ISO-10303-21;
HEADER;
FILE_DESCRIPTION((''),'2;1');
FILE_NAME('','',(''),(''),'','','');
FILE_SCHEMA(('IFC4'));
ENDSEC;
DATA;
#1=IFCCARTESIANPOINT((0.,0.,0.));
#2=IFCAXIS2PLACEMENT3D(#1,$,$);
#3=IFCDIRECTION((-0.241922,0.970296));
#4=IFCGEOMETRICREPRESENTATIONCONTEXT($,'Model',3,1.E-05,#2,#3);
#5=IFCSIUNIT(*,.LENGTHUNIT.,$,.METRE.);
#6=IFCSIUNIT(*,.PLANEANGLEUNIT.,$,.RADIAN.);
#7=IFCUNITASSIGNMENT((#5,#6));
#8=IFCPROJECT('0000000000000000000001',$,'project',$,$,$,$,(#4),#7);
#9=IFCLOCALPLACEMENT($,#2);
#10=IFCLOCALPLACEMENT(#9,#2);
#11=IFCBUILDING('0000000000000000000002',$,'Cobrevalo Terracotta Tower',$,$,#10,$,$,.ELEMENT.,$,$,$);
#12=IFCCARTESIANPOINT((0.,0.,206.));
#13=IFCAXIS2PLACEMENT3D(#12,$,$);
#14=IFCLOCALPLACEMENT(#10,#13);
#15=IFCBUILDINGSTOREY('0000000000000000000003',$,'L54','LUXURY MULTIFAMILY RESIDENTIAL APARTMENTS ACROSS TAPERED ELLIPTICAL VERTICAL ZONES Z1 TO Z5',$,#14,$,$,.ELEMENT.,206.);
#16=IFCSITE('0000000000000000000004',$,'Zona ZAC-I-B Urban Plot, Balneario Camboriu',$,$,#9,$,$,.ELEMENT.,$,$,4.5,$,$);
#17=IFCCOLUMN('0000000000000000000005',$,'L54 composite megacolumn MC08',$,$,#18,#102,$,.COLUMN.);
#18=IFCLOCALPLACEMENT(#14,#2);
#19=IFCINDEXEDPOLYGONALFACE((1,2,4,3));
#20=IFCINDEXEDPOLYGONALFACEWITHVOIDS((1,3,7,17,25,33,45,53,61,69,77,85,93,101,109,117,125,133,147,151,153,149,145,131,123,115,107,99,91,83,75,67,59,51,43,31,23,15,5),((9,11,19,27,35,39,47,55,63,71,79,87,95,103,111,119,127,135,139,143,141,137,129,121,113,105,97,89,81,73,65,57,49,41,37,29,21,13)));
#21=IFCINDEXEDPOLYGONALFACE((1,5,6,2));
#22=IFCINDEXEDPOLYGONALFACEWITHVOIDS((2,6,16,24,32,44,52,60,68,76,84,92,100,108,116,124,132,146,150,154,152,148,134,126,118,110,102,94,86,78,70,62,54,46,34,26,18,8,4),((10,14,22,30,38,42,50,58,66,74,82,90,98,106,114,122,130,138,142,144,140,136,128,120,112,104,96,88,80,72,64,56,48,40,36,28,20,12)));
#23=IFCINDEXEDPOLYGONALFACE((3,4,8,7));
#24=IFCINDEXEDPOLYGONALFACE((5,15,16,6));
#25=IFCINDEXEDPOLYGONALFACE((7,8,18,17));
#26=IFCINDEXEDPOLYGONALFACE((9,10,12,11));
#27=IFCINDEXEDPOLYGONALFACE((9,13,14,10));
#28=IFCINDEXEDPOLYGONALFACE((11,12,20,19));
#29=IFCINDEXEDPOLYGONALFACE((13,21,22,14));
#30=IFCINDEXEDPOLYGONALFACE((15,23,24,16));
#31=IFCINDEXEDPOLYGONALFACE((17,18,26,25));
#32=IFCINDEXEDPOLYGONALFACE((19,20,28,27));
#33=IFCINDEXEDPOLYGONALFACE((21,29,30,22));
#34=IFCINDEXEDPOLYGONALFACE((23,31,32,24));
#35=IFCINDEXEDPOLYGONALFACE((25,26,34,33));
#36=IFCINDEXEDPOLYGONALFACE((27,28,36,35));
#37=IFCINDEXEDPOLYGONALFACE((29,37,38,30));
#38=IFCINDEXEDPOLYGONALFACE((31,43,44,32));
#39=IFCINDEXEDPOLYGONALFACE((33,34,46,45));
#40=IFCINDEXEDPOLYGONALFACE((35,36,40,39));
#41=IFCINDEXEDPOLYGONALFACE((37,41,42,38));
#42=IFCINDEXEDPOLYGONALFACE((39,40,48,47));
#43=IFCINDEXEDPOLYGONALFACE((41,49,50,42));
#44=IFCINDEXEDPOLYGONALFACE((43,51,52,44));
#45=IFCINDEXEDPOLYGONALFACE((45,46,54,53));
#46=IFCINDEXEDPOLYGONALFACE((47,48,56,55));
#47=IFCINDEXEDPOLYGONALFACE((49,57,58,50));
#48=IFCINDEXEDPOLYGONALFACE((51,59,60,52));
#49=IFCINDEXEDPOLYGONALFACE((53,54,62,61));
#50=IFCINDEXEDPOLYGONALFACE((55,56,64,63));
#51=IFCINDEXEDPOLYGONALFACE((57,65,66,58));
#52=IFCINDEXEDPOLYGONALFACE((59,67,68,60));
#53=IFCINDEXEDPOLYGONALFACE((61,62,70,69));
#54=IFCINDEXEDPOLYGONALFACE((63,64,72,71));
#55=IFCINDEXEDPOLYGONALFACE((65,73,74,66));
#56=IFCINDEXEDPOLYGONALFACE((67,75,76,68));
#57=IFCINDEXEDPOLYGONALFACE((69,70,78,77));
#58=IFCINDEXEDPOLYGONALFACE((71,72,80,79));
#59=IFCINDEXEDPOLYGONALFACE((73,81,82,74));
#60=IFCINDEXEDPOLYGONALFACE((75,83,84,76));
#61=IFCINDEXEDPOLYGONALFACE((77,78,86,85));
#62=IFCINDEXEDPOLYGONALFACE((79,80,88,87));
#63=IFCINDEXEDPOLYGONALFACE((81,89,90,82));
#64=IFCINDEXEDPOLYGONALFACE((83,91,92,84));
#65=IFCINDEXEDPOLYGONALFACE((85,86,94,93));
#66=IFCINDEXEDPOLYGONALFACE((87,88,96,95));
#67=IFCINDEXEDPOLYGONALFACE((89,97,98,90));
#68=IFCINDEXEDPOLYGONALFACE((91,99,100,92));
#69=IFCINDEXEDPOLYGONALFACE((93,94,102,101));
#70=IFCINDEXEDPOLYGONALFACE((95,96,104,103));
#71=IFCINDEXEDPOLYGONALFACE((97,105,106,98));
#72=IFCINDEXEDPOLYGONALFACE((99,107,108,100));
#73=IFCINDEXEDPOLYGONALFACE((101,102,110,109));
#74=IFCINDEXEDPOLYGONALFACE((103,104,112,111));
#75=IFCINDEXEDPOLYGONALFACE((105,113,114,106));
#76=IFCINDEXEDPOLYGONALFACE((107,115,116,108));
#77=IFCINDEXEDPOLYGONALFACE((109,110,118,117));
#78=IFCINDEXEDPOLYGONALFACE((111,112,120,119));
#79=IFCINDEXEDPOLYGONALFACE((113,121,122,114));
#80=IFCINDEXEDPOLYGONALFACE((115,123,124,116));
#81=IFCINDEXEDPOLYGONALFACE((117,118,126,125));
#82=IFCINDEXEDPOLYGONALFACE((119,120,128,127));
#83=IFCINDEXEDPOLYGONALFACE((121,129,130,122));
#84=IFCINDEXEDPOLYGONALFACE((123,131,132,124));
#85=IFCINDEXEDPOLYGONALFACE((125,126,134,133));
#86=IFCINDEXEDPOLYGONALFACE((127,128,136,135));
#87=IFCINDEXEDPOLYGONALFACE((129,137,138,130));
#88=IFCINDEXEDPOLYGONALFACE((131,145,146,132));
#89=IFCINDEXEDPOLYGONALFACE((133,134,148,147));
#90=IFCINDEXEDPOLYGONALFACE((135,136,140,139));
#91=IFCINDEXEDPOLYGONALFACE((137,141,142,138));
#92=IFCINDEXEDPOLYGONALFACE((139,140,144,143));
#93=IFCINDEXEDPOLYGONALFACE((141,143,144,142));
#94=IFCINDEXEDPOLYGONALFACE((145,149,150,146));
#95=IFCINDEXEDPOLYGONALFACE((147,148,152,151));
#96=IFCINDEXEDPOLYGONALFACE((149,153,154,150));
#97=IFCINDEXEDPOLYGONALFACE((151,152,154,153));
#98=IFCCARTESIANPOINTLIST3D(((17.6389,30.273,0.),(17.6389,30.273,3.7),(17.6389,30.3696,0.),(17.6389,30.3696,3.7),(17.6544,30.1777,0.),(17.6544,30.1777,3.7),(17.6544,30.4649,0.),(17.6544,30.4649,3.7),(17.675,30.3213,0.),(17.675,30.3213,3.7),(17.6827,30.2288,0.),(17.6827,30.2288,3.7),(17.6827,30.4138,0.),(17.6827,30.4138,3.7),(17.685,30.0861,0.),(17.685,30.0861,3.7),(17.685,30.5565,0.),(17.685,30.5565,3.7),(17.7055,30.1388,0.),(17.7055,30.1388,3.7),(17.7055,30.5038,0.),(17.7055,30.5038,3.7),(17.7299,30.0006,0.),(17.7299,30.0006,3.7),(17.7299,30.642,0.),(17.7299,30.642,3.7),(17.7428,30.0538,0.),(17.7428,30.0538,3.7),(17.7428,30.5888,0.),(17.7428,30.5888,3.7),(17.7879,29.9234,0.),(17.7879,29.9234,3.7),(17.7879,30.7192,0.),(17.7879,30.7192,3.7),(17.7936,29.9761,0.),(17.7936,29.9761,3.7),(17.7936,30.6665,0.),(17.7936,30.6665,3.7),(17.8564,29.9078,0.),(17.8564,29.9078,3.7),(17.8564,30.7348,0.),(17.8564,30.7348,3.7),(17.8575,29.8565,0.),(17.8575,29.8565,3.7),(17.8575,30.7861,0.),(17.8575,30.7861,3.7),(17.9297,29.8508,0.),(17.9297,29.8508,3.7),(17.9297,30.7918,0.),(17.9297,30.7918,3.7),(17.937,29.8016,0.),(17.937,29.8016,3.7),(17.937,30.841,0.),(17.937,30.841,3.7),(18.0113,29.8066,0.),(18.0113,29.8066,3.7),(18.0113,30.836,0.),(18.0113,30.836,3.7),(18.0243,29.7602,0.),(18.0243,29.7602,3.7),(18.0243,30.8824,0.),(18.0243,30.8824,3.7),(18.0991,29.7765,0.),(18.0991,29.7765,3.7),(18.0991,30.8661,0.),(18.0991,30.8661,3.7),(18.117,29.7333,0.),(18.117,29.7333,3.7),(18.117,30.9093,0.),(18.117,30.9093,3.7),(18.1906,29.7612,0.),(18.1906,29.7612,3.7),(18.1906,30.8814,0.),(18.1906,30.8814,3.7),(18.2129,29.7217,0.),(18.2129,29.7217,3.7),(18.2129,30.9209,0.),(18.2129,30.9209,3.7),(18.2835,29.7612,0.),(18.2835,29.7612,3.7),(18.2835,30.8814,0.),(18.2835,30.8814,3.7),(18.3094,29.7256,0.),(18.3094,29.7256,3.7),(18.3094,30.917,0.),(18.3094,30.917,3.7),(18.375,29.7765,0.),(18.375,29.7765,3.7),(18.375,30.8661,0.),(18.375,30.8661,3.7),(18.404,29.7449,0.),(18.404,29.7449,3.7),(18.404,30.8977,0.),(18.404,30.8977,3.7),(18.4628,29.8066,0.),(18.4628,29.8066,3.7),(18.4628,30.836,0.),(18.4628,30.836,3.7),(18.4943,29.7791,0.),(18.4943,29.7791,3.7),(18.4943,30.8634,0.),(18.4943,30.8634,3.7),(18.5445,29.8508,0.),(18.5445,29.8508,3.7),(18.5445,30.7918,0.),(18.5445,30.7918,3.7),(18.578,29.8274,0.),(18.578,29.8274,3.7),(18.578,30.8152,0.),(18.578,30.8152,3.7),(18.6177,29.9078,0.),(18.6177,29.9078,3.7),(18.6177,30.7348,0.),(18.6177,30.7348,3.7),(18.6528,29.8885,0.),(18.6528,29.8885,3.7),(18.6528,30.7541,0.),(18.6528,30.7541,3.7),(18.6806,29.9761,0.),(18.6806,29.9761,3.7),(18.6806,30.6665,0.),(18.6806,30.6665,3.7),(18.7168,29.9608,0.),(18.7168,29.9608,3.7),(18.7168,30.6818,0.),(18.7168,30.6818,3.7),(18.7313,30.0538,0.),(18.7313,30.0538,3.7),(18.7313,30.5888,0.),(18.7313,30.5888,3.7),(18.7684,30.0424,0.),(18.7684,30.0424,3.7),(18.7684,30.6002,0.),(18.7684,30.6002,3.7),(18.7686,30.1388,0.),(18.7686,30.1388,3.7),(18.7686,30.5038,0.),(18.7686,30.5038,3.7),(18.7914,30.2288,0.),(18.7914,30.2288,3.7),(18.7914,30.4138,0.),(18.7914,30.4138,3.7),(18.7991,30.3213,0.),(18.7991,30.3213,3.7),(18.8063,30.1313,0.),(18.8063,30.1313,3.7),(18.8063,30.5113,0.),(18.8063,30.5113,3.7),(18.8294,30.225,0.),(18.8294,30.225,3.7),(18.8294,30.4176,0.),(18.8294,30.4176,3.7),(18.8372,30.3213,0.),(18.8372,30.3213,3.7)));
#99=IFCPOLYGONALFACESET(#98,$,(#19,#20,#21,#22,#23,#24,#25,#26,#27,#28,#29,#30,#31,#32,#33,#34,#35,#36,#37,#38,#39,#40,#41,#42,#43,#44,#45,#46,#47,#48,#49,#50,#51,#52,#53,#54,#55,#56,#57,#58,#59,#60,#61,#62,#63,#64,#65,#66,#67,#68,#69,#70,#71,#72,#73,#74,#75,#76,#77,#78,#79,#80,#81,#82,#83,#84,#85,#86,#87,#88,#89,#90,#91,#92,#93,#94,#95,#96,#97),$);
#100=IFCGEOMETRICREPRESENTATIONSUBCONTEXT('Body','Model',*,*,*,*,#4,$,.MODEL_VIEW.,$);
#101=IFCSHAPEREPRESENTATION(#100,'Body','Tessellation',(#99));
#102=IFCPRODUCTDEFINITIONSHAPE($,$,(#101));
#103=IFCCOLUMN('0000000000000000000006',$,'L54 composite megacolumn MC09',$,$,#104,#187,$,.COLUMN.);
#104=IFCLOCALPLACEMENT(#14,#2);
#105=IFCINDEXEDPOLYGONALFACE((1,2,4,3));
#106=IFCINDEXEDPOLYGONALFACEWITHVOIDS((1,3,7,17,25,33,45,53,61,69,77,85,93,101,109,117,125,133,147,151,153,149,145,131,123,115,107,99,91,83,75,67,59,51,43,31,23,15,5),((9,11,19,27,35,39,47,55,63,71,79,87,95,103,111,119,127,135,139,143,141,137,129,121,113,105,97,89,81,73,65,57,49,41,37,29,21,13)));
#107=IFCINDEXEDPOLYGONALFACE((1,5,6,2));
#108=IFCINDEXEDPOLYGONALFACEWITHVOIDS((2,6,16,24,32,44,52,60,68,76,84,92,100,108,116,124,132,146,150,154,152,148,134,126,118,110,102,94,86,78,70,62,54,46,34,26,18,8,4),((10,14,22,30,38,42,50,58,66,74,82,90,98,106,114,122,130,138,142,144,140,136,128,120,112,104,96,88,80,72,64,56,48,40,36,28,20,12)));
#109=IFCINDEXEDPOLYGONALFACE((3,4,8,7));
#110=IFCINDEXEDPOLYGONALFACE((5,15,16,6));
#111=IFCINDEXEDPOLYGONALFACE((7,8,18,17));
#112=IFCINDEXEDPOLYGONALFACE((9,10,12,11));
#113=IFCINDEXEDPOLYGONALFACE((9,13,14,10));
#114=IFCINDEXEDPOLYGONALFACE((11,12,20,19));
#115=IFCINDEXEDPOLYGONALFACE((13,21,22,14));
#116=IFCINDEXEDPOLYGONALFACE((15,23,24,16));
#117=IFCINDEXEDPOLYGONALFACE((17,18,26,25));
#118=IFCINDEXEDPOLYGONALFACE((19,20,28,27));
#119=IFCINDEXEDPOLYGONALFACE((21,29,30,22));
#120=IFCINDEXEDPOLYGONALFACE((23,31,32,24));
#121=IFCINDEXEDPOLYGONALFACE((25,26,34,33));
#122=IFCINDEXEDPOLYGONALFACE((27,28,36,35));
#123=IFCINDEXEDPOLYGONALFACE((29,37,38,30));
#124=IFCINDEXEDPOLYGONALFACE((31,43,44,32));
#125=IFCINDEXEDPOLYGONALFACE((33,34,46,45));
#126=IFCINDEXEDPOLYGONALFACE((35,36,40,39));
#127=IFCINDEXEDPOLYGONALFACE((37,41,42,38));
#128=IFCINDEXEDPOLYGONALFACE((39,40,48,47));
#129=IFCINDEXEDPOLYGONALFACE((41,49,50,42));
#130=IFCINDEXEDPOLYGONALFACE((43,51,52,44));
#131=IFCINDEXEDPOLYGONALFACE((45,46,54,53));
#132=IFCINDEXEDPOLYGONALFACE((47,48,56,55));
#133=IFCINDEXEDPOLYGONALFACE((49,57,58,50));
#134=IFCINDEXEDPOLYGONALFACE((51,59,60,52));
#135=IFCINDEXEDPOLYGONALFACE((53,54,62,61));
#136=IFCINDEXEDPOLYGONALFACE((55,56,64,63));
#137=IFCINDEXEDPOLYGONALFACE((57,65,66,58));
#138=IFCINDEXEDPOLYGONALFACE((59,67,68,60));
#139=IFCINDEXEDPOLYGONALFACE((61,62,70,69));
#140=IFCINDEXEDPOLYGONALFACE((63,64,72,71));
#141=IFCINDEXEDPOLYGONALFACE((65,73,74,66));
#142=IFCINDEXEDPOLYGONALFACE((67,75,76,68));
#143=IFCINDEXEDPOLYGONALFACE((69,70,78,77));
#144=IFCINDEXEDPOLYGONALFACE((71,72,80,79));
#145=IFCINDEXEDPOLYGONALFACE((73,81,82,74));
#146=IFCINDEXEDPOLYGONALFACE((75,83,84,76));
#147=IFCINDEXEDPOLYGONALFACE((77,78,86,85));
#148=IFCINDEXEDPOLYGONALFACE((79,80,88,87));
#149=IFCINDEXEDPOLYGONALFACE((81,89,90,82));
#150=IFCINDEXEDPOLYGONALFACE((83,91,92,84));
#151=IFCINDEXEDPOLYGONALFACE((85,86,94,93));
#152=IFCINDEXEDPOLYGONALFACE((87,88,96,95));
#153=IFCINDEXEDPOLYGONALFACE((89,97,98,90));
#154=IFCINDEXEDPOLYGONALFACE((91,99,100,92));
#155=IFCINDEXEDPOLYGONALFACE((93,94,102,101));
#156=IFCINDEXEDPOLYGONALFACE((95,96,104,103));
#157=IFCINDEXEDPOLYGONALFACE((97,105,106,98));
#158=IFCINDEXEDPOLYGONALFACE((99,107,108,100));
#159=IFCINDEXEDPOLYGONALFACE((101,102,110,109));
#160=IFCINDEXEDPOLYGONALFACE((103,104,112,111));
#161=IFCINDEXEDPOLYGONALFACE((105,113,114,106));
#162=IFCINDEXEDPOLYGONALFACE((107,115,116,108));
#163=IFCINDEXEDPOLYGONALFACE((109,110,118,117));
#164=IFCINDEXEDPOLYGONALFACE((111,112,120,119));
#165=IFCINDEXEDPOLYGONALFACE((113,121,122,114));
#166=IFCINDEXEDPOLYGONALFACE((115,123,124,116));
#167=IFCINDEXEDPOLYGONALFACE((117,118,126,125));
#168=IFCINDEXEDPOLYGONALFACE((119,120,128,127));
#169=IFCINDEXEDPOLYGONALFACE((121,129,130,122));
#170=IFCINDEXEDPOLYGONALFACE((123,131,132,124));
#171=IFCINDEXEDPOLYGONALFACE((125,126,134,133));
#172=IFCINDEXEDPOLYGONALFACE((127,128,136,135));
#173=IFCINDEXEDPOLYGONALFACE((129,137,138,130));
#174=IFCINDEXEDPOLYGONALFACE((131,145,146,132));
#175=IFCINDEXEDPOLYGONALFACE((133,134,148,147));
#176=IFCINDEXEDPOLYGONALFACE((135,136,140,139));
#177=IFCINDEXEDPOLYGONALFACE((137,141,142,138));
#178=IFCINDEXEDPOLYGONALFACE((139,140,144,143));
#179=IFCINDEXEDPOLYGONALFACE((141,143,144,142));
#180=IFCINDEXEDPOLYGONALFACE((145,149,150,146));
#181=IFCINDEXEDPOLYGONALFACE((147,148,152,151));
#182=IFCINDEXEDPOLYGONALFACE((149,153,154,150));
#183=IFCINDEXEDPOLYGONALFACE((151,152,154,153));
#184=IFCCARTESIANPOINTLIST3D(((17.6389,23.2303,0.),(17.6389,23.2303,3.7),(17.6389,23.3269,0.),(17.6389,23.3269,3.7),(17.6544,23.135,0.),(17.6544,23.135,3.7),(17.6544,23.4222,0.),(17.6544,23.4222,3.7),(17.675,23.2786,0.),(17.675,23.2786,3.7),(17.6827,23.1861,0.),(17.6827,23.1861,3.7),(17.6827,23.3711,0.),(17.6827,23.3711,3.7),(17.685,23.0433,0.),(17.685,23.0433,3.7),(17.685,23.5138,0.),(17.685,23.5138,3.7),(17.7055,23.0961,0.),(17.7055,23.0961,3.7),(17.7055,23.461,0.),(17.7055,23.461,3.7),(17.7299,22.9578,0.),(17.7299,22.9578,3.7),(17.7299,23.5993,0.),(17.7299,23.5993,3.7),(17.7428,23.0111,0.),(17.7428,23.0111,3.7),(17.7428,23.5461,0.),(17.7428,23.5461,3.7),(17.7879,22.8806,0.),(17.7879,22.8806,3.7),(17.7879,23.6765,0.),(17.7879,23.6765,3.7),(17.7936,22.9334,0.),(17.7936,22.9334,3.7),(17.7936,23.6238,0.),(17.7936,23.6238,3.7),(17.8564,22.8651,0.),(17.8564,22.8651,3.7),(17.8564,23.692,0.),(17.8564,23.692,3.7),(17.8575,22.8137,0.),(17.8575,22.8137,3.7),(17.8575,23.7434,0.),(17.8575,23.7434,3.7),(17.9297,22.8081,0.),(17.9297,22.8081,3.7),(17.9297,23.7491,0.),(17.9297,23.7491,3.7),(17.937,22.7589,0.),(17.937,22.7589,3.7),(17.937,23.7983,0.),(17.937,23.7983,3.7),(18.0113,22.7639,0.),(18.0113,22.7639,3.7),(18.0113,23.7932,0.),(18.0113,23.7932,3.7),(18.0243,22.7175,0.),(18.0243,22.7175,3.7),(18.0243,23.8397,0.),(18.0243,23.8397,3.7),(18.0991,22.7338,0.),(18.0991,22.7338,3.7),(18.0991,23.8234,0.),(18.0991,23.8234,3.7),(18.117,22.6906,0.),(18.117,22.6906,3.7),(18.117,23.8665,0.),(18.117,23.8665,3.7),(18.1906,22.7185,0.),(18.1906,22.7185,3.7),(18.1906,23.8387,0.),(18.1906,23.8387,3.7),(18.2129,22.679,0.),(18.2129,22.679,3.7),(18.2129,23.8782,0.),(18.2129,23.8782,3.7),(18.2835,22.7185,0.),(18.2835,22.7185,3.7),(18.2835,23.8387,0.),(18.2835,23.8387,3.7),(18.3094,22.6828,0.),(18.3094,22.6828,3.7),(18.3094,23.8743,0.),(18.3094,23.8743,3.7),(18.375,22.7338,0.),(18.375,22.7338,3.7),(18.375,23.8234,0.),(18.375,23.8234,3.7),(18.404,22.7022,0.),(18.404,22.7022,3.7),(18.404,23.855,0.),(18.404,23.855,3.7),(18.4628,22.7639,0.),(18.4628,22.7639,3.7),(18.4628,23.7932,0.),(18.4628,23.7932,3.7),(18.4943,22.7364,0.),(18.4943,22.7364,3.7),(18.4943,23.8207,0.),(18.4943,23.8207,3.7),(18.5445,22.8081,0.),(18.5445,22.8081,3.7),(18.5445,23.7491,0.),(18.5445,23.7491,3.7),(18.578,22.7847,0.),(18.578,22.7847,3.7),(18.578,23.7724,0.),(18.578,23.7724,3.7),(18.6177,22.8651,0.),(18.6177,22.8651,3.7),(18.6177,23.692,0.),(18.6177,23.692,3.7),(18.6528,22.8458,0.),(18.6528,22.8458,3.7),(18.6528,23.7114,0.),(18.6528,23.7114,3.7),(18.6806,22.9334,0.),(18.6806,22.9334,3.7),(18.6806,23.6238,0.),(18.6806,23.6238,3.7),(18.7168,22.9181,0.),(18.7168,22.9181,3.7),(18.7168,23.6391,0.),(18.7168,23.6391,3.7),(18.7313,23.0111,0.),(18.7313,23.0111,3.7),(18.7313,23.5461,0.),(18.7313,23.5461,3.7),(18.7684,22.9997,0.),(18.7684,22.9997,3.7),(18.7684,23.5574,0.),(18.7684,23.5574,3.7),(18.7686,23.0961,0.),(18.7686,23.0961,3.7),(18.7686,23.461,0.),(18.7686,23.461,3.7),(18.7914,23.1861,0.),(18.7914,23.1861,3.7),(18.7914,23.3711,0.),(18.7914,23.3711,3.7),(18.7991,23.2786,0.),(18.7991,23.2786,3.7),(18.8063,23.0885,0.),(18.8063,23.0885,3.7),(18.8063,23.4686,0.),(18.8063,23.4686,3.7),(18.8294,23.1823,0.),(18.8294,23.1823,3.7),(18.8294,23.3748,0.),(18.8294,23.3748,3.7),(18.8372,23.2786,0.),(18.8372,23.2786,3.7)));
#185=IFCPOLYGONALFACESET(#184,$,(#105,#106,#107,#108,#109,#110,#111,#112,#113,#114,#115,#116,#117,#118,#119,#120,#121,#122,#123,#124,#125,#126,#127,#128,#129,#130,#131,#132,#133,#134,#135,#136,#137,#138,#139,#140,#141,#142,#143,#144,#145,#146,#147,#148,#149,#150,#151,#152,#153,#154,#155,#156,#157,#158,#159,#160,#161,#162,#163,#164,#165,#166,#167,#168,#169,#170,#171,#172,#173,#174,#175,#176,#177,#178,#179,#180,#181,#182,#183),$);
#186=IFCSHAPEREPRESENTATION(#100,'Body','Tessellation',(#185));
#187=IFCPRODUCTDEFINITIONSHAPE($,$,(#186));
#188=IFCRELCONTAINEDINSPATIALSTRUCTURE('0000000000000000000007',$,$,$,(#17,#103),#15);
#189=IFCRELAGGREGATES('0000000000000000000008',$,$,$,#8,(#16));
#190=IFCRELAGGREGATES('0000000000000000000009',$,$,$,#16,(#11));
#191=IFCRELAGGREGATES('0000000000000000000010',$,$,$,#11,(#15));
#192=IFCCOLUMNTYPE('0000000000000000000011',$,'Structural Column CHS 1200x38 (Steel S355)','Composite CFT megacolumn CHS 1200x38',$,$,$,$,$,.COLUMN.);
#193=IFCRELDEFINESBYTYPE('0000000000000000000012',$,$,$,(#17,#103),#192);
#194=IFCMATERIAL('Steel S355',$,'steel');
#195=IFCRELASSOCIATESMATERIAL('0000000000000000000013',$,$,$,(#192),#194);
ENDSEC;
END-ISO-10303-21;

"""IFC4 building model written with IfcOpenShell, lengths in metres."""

from ifc_helpers import new_model, si_unit, direction, frame, origin, origin_2d, place, context, subcontext, project, spatial, hollow_circle, extrude, material, material_profile, profile_set, type_object, element, save


model = new_model("IFC4")

# Units and contexts
model_context = context("Model", 3, precision=1e-05, world=origin(), true_north=direction((-0.241922, 0.970296)))
body_context = subcontext(model_context, "Body", "Model", "MODEL_VIEW")
ifc_project = project(units=[si_unit("LENGTHUNIT", "METRE"), si_unit("PLANEANGLEUNIT", "RADIAN")], contexts=[model_context])

# Site, building, storey
site_placement = place(None, origin())
site = spatial("IfcSite", under=ifc_project, at=site_placement, Name="Zona ZAC-I-B Urban Plot, Balneario Camboriu", CompositionType="ELEMENT", RefElevation=4.5)
building_placement = place(site_placement, origin())
building = spatial("IfcBuilding", under=site, at=building_placement, Name="Cobrevalo Terracotta Tower", CompositionType="ELEMENT")
storey_placement = place(building_placement, frame((0.0, 0.0, 206.0)))
storey = spatial("IfcBuildingStorey", under=building, at=storey_placement, Name="L54", Description="LUXURY MULTIFAMILY RESIDENTIAL APARTMENTS ACROSS TAPERED ELLIPTICAL VERTICAL ZONES Z1 TO Z5", CompositionType="ELEMENT", Elevation=206.0)

# Columns
ifc_material_1 = material(Name="Steel S355", Category="steel")
ifc_material_profile_1 = material_profile(ifc_material_1, hollow_circle(Radius=0.6001, WallThickness=0.0381, at=origin_2d()), Name="CHS 1200x38")
ifc_profile_set_1 = profile_set([ifc_material_profile_1], Name="Steel S355")
column_type = type_object("IfcColumnType", Name="Structural Column CHS 1200x38 (Steel S355)", Description="Composite CFT megacolumn CHS 1200x38", PredefinedType="COLUMN", material=ifc_profile_set_1)
for number, where, z_axis, x_axis, name in (
    (1, (18.2371, 30.3213, 0.0), (0.0, 0.0, 1.0), (1.0, 0.0, 0.0), "L54 composite megacolumn MC08"),
    (2, (18.2371, 23.2786, 0.0), (0.0, 0.0, 1.0), (1.0, 0.0, 0.0), "L54 composite megacolumn MC09"),
):
    element("IfcColumn", number, at=place(storey_placement, frame(where, z_axis=z_axis, x_axis=x_axis)), inside=storey, type_object=column_type, Name=name, PredefinedType="COLUMN", context=body_context, shape_type="SweptSolid", body=[
        extrude(hollow_circle(Radius=0.6001, WallThickness=0.0381, at=origin_2d()), origin(), (0.0, 0.0, 1.0), 3.7),
    ])

save(model, "model.ifc")
